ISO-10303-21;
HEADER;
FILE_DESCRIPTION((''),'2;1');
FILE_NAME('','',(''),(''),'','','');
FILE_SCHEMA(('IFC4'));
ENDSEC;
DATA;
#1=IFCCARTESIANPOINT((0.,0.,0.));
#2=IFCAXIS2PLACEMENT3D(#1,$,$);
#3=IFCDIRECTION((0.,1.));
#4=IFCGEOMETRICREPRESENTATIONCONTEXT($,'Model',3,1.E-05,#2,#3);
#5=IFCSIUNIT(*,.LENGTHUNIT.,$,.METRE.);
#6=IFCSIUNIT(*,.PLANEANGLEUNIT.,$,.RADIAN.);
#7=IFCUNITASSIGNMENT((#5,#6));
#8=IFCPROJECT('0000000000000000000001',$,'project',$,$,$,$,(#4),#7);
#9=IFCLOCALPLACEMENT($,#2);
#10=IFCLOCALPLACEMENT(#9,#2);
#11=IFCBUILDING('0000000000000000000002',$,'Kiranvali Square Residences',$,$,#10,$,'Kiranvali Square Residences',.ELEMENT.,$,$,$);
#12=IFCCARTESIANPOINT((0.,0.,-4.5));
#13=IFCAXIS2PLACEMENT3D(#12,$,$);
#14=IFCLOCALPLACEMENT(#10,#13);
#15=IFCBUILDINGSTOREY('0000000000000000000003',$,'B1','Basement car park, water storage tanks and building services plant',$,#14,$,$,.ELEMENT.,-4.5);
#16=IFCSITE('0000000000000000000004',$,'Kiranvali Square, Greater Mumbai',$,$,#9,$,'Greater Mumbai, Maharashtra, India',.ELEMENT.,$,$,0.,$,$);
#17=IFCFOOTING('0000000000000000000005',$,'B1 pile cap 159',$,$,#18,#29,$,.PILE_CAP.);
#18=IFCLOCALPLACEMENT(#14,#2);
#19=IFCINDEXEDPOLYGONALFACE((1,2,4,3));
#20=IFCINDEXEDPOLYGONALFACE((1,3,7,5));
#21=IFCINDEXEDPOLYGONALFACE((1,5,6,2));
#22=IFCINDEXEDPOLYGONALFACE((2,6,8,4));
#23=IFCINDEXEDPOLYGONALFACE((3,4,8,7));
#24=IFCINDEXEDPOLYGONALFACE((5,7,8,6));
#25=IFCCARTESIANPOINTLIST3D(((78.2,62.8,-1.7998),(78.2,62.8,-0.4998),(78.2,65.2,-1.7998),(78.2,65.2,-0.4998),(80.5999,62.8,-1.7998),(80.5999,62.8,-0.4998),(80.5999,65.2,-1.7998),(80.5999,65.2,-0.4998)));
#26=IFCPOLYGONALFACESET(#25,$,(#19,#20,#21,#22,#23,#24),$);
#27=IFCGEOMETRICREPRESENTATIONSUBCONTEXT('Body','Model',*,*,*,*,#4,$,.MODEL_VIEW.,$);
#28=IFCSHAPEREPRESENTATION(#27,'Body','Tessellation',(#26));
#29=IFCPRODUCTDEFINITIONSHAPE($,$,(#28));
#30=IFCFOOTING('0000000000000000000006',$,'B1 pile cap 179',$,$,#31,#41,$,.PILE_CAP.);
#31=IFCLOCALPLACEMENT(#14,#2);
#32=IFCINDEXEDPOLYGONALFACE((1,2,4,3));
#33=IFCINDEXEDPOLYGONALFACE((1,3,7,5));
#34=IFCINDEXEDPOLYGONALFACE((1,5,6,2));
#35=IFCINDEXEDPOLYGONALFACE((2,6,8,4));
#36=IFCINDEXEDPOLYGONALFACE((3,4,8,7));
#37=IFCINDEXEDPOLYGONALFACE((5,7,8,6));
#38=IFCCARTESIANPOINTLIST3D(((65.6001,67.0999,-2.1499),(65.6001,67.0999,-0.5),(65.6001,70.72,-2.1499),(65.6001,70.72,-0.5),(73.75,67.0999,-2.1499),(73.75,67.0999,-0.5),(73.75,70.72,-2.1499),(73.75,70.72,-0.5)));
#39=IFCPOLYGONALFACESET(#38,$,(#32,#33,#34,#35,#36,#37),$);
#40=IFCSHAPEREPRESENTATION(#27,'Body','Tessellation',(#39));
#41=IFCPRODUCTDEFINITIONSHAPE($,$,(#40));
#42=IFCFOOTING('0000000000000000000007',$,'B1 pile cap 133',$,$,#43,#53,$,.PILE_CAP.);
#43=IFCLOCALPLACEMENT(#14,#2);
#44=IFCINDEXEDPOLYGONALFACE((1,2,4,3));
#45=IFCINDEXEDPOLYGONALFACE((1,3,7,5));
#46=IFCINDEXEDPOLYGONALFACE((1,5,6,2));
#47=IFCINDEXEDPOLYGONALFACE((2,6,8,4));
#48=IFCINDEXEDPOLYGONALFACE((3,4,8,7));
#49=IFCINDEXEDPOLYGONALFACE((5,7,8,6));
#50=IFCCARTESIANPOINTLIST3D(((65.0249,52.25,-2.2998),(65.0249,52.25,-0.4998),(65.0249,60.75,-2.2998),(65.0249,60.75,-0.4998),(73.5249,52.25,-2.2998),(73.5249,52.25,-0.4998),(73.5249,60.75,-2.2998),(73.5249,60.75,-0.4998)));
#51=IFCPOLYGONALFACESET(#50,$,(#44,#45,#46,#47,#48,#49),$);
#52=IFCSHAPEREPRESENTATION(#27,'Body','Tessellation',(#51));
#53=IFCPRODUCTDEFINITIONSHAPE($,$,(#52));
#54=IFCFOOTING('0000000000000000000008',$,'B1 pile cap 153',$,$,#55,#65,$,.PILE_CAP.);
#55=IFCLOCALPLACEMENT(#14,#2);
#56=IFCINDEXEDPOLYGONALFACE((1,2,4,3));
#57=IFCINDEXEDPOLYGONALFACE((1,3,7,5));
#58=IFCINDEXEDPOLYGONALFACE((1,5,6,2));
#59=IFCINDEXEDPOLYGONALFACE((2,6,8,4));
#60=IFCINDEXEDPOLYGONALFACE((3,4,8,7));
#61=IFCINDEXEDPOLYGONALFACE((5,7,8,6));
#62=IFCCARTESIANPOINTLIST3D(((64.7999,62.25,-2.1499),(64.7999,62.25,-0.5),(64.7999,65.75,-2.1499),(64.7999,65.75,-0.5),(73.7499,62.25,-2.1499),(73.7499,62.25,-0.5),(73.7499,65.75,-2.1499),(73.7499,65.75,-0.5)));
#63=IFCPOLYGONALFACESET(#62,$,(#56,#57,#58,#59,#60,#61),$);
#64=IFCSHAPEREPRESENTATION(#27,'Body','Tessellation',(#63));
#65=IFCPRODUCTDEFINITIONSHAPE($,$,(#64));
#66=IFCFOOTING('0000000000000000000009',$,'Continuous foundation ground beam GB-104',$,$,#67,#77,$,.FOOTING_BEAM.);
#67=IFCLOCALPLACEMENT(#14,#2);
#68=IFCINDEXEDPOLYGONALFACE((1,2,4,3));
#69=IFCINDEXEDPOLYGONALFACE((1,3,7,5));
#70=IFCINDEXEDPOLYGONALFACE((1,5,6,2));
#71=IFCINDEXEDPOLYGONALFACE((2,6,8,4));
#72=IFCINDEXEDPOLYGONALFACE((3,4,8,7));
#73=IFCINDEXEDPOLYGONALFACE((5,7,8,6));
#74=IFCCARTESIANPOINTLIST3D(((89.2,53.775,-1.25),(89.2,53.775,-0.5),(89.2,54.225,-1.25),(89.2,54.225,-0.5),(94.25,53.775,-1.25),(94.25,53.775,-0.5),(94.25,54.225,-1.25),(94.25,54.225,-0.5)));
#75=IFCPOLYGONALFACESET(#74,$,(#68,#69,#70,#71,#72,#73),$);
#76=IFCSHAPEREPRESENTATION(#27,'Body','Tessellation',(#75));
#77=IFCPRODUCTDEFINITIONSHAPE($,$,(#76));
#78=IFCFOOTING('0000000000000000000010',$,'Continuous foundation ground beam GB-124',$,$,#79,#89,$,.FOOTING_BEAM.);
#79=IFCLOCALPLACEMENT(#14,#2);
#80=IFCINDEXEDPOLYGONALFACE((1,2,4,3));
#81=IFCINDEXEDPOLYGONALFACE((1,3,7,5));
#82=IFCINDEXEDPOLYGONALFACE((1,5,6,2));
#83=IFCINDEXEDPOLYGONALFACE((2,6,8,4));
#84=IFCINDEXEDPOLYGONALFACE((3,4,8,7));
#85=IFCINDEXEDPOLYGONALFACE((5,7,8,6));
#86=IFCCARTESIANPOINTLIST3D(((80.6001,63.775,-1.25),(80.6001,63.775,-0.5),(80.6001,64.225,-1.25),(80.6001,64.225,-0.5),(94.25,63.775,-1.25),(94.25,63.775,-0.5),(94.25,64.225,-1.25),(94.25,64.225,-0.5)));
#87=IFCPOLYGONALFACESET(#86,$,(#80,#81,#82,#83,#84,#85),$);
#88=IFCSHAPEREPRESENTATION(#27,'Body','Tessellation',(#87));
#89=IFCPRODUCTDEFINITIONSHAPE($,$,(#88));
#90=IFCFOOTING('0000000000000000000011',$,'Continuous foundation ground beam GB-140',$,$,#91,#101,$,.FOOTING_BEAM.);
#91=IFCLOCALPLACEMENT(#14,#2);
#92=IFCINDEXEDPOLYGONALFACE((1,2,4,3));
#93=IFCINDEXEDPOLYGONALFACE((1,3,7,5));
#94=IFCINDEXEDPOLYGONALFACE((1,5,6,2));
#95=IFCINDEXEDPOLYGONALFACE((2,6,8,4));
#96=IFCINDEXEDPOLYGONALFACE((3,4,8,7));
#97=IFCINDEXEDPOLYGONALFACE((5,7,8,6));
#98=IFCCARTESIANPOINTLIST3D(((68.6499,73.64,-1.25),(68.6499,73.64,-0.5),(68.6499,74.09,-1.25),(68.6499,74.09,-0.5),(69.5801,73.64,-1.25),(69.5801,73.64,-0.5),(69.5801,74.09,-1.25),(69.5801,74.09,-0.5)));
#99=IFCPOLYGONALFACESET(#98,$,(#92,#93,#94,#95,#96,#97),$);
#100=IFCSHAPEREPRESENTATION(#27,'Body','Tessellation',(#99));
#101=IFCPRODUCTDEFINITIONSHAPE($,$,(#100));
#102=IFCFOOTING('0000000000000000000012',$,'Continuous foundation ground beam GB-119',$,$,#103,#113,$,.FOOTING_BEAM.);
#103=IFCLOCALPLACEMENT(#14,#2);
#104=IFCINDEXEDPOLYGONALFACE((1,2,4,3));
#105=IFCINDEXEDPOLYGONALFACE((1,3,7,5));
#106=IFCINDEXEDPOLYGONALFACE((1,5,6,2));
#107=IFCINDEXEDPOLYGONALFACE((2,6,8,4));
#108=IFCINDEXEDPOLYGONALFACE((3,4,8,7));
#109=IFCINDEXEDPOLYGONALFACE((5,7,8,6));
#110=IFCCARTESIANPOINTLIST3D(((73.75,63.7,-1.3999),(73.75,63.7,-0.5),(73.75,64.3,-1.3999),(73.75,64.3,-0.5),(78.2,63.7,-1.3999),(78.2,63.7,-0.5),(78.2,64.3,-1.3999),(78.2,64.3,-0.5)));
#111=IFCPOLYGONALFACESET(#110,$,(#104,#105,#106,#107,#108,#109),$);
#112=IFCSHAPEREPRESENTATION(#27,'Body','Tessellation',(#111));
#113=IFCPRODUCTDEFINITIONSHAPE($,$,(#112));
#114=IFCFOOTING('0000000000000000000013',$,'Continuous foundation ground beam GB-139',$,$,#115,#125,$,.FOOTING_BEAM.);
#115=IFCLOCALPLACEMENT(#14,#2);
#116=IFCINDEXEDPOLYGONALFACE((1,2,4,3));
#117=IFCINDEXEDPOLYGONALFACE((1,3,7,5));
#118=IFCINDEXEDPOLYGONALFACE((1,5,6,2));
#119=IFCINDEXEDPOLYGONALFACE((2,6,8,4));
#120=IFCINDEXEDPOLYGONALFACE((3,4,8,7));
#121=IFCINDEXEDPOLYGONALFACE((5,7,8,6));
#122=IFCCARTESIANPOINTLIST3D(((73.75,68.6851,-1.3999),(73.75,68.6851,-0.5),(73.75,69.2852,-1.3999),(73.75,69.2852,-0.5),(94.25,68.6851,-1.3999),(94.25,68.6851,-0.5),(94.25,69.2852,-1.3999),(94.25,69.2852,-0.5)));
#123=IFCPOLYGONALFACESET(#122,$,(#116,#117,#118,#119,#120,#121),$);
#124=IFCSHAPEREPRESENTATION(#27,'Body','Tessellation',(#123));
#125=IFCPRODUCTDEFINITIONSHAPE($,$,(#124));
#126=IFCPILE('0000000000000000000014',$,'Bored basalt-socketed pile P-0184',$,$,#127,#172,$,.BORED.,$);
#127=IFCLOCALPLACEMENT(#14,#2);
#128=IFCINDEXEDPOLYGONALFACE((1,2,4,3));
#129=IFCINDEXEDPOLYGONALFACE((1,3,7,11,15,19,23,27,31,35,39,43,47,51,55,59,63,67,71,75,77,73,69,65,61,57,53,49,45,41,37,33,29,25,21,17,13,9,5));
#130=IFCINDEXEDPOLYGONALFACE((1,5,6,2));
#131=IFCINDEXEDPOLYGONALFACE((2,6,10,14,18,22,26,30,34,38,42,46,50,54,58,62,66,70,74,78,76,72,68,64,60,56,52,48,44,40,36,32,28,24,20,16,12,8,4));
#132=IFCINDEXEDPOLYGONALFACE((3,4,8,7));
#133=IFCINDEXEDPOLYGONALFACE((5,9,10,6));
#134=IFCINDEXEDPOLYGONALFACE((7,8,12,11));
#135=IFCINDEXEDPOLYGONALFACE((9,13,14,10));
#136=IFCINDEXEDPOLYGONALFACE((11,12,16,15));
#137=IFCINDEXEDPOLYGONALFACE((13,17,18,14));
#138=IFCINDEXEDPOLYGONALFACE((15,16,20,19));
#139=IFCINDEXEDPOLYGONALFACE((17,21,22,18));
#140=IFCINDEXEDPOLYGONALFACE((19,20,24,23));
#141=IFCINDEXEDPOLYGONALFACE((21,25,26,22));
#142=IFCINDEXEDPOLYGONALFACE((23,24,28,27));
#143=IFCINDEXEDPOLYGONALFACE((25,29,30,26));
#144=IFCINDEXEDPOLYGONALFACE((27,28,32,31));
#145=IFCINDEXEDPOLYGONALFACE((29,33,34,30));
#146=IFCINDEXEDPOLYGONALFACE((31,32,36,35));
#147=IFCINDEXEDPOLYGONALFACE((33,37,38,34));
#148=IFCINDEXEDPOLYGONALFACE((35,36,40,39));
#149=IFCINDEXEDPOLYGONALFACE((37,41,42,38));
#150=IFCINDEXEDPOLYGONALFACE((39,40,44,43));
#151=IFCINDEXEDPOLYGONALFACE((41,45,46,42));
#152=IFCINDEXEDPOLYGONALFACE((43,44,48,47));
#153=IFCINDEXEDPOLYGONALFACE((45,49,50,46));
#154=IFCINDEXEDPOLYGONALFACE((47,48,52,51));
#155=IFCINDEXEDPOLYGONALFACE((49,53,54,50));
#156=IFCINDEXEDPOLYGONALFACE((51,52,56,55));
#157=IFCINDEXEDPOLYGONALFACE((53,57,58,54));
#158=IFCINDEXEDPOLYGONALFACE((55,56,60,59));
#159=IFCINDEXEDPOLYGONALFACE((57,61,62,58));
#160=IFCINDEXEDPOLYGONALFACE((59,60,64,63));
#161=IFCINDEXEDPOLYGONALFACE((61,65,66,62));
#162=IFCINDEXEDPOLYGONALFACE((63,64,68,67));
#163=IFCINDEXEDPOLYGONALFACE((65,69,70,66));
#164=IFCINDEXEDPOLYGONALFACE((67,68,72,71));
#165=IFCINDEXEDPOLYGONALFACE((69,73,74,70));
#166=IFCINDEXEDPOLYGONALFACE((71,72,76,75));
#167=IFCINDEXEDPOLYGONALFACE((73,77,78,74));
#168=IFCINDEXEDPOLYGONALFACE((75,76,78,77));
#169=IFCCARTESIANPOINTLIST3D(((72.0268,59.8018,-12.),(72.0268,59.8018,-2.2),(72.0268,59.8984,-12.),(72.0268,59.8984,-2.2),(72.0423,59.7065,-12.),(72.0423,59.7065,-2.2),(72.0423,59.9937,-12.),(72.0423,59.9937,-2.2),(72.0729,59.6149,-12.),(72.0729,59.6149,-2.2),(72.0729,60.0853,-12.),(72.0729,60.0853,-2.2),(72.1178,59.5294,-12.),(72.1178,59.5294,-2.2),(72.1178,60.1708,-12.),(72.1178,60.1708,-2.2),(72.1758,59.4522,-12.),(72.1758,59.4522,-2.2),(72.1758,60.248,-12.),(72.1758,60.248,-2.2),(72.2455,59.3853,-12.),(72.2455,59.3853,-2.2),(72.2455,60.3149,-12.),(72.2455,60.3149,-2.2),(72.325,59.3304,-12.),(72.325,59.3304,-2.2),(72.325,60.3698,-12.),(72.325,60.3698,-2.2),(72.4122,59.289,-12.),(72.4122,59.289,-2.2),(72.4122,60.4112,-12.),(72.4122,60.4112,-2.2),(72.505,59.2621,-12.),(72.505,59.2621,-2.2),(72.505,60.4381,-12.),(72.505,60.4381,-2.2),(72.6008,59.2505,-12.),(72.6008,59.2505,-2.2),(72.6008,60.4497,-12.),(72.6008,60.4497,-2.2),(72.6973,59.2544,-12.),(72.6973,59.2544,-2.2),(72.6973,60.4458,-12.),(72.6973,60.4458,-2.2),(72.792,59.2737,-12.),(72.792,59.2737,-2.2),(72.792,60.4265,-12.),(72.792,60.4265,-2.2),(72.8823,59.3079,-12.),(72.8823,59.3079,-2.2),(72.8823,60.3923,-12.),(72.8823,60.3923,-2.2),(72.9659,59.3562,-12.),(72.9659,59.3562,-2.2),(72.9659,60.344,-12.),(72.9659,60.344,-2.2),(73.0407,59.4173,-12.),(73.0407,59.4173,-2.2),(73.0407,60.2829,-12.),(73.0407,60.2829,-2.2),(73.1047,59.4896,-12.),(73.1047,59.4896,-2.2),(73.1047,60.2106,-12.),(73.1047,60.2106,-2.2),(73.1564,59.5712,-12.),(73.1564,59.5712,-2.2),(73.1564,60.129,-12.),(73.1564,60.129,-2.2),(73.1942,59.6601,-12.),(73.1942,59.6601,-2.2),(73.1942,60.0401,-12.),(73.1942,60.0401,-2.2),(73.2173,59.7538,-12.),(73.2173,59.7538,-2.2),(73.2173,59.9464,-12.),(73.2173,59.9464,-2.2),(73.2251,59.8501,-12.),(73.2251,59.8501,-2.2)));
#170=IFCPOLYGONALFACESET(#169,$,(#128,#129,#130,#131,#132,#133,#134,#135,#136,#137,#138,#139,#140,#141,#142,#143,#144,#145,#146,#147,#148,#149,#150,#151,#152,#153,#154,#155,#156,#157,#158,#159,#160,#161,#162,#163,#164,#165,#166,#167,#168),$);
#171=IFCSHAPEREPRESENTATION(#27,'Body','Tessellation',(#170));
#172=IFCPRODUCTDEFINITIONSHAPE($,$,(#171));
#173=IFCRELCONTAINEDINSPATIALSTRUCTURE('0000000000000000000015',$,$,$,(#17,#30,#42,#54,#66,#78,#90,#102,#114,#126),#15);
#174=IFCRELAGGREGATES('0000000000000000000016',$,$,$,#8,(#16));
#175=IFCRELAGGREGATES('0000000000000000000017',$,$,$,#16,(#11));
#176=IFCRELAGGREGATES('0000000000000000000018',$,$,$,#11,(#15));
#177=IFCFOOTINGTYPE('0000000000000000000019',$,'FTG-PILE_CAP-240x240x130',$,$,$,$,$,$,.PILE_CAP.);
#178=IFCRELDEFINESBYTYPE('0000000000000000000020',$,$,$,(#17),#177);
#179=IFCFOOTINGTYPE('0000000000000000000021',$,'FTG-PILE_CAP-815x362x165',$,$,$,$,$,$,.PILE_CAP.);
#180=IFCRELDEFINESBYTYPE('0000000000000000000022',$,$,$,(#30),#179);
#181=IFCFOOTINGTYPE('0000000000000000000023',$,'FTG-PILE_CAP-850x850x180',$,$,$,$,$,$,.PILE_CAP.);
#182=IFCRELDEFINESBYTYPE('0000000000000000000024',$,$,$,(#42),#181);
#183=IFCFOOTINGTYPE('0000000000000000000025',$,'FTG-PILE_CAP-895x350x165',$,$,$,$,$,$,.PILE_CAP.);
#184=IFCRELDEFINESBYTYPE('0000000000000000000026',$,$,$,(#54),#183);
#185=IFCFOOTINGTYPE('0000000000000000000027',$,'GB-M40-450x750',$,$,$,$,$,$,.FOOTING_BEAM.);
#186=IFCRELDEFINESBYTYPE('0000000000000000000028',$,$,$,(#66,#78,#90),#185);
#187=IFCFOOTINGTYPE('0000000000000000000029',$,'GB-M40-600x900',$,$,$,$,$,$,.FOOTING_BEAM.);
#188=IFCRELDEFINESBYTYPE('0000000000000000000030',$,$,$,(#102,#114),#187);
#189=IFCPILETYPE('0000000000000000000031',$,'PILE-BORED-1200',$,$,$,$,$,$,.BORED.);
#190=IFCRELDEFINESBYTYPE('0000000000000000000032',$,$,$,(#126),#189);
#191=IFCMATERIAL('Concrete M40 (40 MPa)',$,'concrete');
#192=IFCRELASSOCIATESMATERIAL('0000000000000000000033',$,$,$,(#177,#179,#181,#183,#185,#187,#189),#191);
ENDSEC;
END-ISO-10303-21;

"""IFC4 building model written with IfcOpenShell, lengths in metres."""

from ifc_helpers import new_model, si_unit, direction, frame, origin, origin_2d, place, context, subcontext, project, spatial, rectangle, circle, extrude, material, material_profile, profile_set, type_object, element, save


model = new_model("IFC4")

# Units and contexts
model_context = context("Model", 3, precision=1e-05, world=origin(), true_north=direction((0.0, 1.0)))
body_context = subcontext(model_context, "Body", "Model", "MODEL_VIEW")
ifc_project = project(units=[si_unit("LENGTHUNIT", "METRE"), si_unit("PLANEANGLEUNIT", "RADIAN")], contexts=[model_context])

# Site, building, storey
site_placement = place(None, origin())
site = spatial("IfcSite", under=ifc_project, at=site_placement, Name="Kiranvali Square, Greater Mumbai", LongName="Greater Mumbai, Maharashtra, India", CompositionType="ELEMENT", RefElevation=0.0)
building_placement = place(site_placement, origin())
building = spatial("IfcBuilding", under=site, at=building_placement, Name="Kiranvali Square Residences", LongName="Kiranvali Square Residences", CompositionType="ELEMENT")
storey_placement = place(building_placement, frame((0.0, 0.0, -4.5)))
storey = spatial("IfcBuildingStorey", under=building, at=storey_placement, Name="B1", Description="Basement car park, water storage tanks and building services plant", CompositionType="ELEMENT", Elevation=-4.5)

# Footings
ifc_material_1 = material(Name="Concrete M40 (40 MPa)", Category="concrete")
footing_type_1 = type_object("IfcFootingType", Name="FTG-PILE_CAP-240x240x130", PredefinedType="PILE_CAP", material=ifc_material_1)
footing_1_placement = place(storey_placement, frame((79.3999, 64.0, -1.7998), z_axis=(0.0, 0.0, 1.0), x_axis=(1.0, 0.0, 0.0)))
element("IfcFooting", 1, at=footing_1_placement, inside=storey, type_object=footing_type_1, Name="B1 pile cap 159", PredefinedType="PILE_CAP", context=body_context, shape_type="SweptSolid", body=[
    extrude(rectangle(XDim=2.3999, YDim=2.3999, at=origin_2d()), origin(), (0.0, 0.0, 1.0), 1.3),
])
footing_type_2 = type_object("IfcFootingType", Name="FTG-PILE_CAP-815x362x165", PredefinedType="PILE_CAP", material=ifc_material_1)
footing_2_placement = place(storey_placement, frame((69.675, 68.9099, -2.1499), z_axis=(0.0, 0.0, 1.0), x_axis=(1.0, 0.0, 0.0)))
element("IfcFooting", 2, at=footing_2_placement, inside=storey, type_object=footing_type_2, Name="B1 pile cap 179", PredefinedType="PILE_CAP", context=body_context, shape_type="SweptSolid", body=[
    extrude(rectangle(XDim=8.1499, YDim=3.6201, at=origin_2d()), origin(), (0.0, 0.0, 1.0), 1.6499),
])
footing_type_3 = type_object("IfcFootingType", Name="FTG-PILE_CAP-850x850x180", PredefinedType="PILE_CAP", material=ifc_material_1)
footing_3_placement = place(storey_placement, frame((69.2749, 56.5, -2.2998), z_axis=(0.0, 0.0, 1.0), x_axis=(1.0, 0.0, 0.0)))
element("IfcFooting", 3, at=footing_3_placement, inside=storey, type_object=footing_type_3, Name="B1 pile cap 133", PredefinedType="PILE_CAP", context=body_context, shape_type="SweptSolid", body=[
    extrude(rectangle(XDim=8.5, YDim=8.5, at=origin_2d()), origin(), (0.0, 0.0, 1.0), 1.8),
])
footing_type_4 = type_object("IfcFootingType", Name="FTG-PILE_CAP-895x350x165", PredefinedType="PILE_CAP", material=ifc_material_1)
footing_4_placement = place(storey_placement, frame((69.2749, 64.0, -2.1499), z_axis=(0.0, 0.0, 1.0), x_axis=(1.0, 0.0, 0.0)))
element("IfcFooting", 4, at=footing_4_placement, inside=storey, type_object=footing_type_4, Name="B1 pile cap 153", PredefinedType="PILE_CAP", context=body_context, shape_type="SweptSolid", body=[
    extrude(rectangle(XDim=8.95, YDim=3.5, at=origin_2d()), origin(), (0.0, 0.0, 1.0), 1.6499),
])
ifc_material_profile_1 = material_profile(ifc_material_1, rectangle(XDim=0.45, YDim=0.75, at=origin_2d()), Name="GB 450x750")
ifc_profile_set_1 = profile_set([ifc_material_profile_1], Name="Concrete M40 (40 MPa)")
footing_type_5 = type_object("IfcFootingType", Name="GB-M40-450x750", PredefinedType="FOOTING_BEAM", material=ifc_profile_set_1)
footing_5_placement = place(storey_placement, frame((89.2, 54.0, -0.875), z_axis=(1.0, 0.0, 0.0), x_axis=(0.0, 1.0, 0.0)))
element("IfcFooting", 5, at=footing_5_placement, inside=storey, type_object=footing_type_5, Name="Continuous foundation ground beam GB-104", PredefinedType="FOOTING_BEAM", context=body_context, shape_type="SweptSolid", body=[
    extrude(rectangle(XDim=0.45, YDim=0.75, at=origin_2d()), origin(), (0.0, 0.0, 1.0), 5.05),
])
footing_6_placement = place(storey_placement, frame((80.6001, 64.0, -0.875), z_axis=(1.0, 0.0, 0.0), x_axis=(0.0, 1.0, 0.0)))
element("IfcFooting", 6, at=footing_6_placement, inside=storey, type_object=footing_type_5, Name="Continuous foundation ground beam GB-124", PredefinedType="FOOTING_BEAM", context=body_context, shape_type="SweptSolid", body=[
    extrude(rectangle(XDim=0.45, YDim=0.75, at=origin_2d()), origin(), (0.0, 0.0, 1.0), 13.6499),
])
footing_7_placement = place(storey_placement, frame((68.6499, 73.865, -0.875), z_axis=(1.0, 0.0, 0.0), x_axis=(0.0, 1.0, 0.0)))
element("IfcFooting", 7, at=footing_7_placement, inside=storey, type_object=footing_type_5, Name="Continuous foundation ground beam GB-140", PredefinedType="FOOTING_BEAM", context=body_context, shape_type="SweptSolid", body=[
    extrude(rectangle(XDim=0.45, YDim=0.75, at=origin_2d()), origin(), (0.0, 0.0, 1.0), 0.9302),
])
ifc_material_profile_2 = material_profile(ifc_material_1, rectangle(XDim=0.6001, YDim=0.8999, at=origin_2d()), Name="GB 600x900")
ifc_profile_set_2 = profile_set([ifc_material_profile_2], Name="Concrete M40 (40 MPa)")
footing_type_6 = type_object("IfcFootingType", Name="GB-M40-600x900", PredefinedType="FOOTING_BEAM", material=ifc_profile_set_2)
footing_8_placement = place(storey_placement, frame((73.75, 64.0, -0.95), z_axis=(1.0, 0.0, 0.0), x_axis=(0.0, 1.0, 0.0)))
element("IfcFooting", 8, at=footing_8_placement, inside=storey, type_object=footing_type_6, Name="Continuous foundation ground beam GB-119", PredefinedType="FOOTING_BEAM", context=body_context, shape_type="SweptSolid", body=[
    extrude(rectangle(XDim=0.6001, YDim=0.8999, at=origin_2d()), origin(), (0.0, 0.0, 1.0), 4.45),
])
footing_9_placement = place(storey_placement, frame((73.75, 68.9851, -0.95), z_axis=(1.0, 0.0, 0.0), x_axis=(0.0, 1.0, 0.0)))
element("IfcFooting", 9, at=footing_9_placement, inside=storey, type_object=footing_type_6, Name="Continuous foundation ground beam GB-139", PredefinedType="FOOTING_BEAM", context=body_context, shape_type="SweptSolid", body=[
    extrude(rectangle(XDim=0.6001, YDim=0.8999, at=origin_2d()), origin(), (0.0, 0.0, 1.0), 20.5),
])

# Pile
ifc_material_profile_3 = material_profile(ifc_material_1, circle(Radius=0.6001, at=origin_2d()), Name="BORED PILE 1200")
ifc_profile_set_3 = profile_set([ifc_material_profile_3], Name="Concrete M40 (40 MPa)")
pile_type_1 = type_object("IfcPileType", Name="PILE-BORED-1200", PredefinedType="BORED", material=ifc_profile_set_3)
pile_1_placement = place(storey_placement, frame((72.625, 59.8501, -2.2), z_axis=(0.0, 0.0, -1.0), x_axis=(1.0, 0.0, 0.0)))
element("IfcPile", 10, at=pile_1_placement, inside=storey, type_object=pile_type_1, Name="Bored basalt-socketed pile P-0184", PredefinedType="BORED", context=body_context, shape_type="SweptSolid", body=[
    extrude(circle(Radius=0.6001, at=origin_2d()), origin(), (0.0, 0.0, 1.0), 9.8),
])

save(model, "model.ifc")
